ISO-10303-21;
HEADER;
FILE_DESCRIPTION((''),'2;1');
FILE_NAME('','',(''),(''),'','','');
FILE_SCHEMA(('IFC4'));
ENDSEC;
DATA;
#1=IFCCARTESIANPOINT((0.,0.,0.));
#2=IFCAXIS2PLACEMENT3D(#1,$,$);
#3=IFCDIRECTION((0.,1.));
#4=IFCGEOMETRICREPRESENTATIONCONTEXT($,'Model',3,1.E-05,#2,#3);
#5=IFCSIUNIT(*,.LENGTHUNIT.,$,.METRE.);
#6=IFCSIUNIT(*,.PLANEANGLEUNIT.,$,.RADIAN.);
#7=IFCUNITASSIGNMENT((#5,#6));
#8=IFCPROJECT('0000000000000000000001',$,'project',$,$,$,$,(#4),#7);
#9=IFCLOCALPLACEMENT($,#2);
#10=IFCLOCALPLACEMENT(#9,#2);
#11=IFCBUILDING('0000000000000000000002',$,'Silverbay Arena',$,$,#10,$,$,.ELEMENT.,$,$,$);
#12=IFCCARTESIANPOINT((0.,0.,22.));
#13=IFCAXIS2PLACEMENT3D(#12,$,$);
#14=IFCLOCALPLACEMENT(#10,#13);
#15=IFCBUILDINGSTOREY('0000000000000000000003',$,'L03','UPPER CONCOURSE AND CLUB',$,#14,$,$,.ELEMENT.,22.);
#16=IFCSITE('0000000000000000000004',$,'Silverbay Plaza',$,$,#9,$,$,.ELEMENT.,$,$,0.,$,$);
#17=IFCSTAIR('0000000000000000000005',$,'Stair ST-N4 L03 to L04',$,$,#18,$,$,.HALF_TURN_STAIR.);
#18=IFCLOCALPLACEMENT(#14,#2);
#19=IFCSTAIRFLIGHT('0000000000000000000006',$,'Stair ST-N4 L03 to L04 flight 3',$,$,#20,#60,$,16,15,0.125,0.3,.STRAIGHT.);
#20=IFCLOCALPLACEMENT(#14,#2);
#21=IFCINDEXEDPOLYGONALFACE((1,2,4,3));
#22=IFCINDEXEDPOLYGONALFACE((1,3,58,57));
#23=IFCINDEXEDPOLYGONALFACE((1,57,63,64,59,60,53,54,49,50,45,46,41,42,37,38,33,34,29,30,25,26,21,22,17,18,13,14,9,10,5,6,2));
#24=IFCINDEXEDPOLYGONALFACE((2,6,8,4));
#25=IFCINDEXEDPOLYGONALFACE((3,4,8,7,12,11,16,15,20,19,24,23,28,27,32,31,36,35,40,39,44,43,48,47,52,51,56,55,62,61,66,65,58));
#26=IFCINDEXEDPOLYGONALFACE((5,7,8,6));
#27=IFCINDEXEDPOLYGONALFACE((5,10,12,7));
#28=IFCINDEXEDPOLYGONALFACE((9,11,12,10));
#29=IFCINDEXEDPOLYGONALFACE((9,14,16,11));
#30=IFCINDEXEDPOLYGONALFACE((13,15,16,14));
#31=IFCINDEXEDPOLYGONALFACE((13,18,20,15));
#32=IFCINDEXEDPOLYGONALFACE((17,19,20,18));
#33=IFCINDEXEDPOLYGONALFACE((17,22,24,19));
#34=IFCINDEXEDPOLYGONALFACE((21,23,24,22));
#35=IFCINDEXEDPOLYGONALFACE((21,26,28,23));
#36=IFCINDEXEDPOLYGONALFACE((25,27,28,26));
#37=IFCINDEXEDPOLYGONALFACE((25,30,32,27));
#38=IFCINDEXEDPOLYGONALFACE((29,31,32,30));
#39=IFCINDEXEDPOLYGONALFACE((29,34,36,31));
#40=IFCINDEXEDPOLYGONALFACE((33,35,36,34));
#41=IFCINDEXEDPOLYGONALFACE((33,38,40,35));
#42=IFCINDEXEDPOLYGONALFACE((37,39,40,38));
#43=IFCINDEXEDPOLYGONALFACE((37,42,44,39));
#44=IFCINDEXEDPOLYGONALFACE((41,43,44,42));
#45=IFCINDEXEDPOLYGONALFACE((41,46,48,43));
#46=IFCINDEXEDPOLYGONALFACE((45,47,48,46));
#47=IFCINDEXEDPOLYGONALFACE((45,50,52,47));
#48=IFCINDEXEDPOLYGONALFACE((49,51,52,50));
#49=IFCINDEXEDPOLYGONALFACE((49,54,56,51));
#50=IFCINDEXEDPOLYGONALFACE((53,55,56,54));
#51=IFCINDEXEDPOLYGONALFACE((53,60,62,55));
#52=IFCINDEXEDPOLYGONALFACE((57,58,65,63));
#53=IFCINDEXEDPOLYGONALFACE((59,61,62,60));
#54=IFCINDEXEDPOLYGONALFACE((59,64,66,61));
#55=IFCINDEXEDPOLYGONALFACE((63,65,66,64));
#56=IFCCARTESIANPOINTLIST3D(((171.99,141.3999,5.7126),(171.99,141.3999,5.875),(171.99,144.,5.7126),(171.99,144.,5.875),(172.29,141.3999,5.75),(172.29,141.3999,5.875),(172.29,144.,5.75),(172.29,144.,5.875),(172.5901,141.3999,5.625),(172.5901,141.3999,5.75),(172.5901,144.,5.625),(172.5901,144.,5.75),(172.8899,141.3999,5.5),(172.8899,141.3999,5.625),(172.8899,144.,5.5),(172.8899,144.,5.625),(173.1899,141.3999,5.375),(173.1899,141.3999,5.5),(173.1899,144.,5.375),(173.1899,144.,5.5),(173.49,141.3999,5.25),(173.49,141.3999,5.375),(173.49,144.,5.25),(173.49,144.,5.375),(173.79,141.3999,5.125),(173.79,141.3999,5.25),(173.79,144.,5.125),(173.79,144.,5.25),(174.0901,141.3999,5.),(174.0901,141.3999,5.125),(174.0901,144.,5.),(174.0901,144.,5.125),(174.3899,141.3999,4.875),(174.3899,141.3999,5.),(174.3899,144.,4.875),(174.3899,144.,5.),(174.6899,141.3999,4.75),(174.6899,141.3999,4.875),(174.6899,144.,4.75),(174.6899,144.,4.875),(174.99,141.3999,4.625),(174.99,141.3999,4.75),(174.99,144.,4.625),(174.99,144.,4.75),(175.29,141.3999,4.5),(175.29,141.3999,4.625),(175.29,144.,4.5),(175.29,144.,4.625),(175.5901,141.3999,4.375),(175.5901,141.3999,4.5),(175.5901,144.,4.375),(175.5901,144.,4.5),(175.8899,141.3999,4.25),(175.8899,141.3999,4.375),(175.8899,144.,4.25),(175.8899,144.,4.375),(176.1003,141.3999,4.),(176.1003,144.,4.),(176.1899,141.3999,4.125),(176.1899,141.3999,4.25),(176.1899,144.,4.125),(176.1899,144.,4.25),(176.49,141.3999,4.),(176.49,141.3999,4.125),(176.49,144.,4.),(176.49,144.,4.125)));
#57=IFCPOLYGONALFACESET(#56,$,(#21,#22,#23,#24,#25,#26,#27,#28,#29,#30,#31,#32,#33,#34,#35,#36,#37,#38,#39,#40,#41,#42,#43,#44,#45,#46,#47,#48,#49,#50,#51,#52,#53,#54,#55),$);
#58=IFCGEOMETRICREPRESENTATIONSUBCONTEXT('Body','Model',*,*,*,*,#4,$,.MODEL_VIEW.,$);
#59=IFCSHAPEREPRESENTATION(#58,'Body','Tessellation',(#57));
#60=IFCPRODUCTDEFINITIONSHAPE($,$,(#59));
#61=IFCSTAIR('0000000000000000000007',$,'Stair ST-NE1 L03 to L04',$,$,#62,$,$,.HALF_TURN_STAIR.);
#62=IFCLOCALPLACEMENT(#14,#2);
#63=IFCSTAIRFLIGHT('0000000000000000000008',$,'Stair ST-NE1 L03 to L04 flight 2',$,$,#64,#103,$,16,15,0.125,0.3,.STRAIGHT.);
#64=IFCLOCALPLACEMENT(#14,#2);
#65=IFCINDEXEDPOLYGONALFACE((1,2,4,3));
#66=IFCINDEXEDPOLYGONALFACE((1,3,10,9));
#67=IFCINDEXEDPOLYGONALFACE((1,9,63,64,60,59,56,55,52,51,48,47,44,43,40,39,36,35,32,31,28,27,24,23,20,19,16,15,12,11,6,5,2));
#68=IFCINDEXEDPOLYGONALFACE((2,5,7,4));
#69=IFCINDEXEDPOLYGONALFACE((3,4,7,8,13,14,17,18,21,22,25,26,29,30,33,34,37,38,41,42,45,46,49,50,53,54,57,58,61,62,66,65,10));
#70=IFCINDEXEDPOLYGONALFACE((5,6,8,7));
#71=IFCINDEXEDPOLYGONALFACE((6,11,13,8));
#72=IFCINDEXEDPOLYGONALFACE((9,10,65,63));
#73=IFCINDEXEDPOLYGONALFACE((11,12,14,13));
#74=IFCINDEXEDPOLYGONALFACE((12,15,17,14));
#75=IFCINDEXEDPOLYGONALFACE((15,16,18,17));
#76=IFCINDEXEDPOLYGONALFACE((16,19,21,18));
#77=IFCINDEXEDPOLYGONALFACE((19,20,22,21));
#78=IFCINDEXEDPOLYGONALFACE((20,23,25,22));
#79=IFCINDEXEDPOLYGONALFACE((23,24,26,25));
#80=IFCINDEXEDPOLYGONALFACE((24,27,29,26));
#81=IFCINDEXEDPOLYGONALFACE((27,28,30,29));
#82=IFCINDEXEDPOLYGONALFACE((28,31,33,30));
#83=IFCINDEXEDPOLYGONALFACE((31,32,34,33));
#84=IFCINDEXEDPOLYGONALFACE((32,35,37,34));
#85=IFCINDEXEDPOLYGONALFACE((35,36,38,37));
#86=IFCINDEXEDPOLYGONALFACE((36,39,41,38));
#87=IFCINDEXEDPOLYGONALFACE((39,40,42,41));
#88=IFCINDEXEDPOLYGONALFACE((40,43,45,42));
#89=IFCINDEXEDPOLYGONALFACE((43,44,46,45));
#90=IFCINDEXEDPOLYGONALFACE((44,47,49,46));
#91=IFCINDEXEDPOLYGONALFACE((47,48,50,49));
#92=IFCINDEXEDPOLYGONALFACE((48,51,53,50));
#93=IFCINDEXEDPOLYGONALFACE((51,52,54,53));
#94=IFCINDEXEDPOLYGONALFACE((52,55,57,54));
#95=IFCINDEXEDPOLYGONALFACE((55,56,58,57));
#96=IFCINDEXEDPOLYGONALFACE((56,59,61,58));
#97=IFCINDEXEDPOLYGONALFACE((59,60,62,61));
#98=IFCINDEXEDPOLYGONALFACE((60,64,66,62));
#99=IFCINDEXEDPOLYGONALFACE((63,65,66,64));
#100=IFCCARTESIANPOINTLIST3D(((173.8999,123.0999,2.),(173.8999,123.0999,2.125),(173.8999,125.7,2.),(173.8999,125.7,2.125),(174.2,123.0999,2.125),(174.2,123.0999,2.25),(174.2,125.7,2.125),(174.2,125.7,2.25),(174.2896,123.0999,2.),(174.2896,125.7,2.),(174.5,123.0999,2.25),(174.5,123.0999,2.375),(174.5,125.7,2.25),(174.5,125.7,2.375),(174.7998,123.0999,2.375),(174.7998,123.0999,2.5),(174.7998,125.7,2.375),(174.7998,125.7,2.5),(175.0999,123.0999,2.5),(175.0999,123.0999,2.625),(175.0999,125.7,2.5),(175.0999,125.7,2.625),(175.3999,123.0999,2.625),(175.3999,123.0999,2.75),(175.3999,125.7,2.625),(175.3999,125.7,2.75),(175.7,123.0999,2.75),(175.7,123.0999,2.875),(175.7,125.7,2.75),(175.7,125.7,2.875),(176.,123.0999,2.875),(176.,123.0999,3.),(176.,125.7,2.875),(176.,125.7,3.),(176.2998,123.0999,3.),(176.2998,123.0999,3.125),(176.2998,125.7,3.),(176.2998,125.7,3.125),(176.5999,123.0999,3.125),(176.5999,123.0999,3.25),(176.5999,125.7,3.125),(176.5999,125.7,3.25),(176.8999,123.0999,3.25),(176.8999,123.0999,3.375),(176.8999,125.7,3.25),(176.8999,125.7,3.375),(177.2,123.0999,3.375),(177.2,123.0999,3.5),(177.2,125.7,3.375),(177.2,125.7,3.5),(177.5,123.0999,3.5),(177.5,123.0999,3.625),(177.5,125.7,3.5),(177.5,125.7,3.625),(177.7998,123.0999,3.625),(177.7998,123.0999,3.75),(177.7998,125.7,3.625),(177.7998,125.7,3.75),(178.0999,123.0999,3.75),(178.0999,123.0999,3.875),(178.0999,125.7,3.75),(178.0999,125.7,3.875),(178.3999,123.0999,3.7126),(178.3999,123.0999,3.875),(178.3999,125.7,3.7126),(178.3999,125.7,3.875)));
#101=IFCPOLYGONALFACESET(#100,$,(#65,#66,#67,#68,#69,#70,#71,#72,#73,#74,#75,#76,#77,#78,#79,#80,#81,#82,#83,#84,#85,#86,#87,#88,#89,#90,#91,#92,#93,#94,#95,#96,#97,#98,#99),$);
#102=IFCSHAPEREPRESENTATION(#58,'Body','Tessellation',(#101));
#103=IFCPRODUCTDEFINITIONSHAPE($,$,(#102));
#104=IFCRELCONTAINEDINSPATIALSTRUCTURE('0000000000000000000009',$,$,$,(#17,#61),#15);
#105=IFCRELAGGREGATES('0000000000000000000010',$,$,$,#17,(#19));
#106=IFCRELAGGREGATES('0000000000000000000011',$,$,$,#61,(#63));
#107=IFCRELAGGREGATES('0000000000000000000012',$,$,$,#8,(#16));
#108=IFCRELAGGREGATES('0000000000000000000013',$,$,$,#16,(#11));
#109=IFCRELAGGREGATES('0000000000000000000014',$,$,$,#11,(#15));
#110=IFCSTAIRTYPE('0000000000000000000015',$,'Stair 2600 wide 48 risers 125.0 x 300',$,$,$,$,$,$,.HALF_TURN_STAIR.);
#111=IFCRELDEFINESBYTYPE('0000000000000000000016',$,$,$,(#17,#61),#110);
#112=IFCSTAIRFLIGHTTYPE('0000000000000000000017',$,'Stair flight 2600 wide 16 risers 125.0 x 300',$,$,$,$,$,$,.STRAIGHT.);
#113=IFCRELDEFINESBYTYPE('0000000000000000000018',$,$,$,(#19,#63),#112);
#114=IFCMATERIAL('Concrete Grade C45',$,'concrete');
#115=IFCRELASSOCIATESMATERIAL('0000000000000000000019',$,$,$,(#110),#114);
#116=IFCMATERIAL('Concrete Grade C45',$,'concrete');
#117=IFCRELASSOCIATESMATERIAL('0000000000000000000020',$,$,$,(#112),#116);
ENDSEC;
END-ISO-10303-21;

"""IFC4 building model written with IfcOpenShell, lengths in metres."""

from ifc_helpers import new_model, si_unit, direction, frame, origin, place, context, subcontext, project, spatial, polyline, outline, extrude, material, type_object, element, aggregate, save


model = new_model("IFC4")

# Units and contexts
model_context = context("Model", 3, precision=1e-05, world=origin(), true_north=direction((0.0, 1.0)))
body_context = subcontext(model_context, "Body", "Model", "MODEL_VIEW")
ifc_project = project(units=[si_unit("LENGTHUNIT", "METRE"), si_unit("PLANEANGLEUNIT", "RADIAN")], contexts=[model_context])

# Site, building, storey
site_placement = place(None, origin())
site = spatial("IfcSite", under=ifc_project, at=site_placement, Name="Silverbay Plaza", CompositionType="ELEMENT", RefElevation=0.0)
building_placement = place(site_placement, origin())
building = spatial("IfcBuilding", under=site, at=building_placement, Name="Silverbay Arena", CompositionType="ELEMENT")
storey_placement = place(building_placement, frame((0.0, 0.0, 22.0)))
storey = spatial("IfcBuildingStorey", under=building, at=storey_placement, Name="L03", Description="UPPER CONCOURSE AND CLUB", CompositionType="ELEMENT", Elevation=22.0)

# Stair, stair flight
ifc_material_1 = material(Name="Concrete Grade C45", Category="concrete")
stair_type = type_object("IfcStairType", Name="Stair 2600 wide 48 risers 125.0 x 300", PredefinedType="HALF_TURN_STAIR", material=ifc_material_1)
stair_1_placement = place(storey_placement, origin())
stair_1 = element("IfcStair", 1, at=stair_1_placement, inside=storey, type_object=stair_type, Name="Stair ST-N4 L03 to L04", PredefinedType="HALF_TURN_STAIR")
ifc_material_2 = material(Name="Concrete Grade C45", Category="concrete")
stair_flight_type = type_object("IfcStairFlightType", Name="Stair flight 2600 wide 16 risers 125.0 x 300", PredefinedType="STRAIGHT", material=ifc_material_2)
stair_flight_1_placement = place(storey_placement, frame((176.49, 142.7, 4.0), z_axis=(0.0, 0.0, 1.0), x_axis=(-1.0, 0.0, 0.0)))
stair_flight_1 = element("IfcStairFlight", 2, at=stair_flight_1_placement, type_object=stair_flight_type, Name="Stair ST-N4 L03 to L04 flight 3", NumberOfRisers=16, NumberOfTreads=15, PredefinedType="STRAIGHT", RiserHeight=0.125, TreadLength=0.3, context=body_context, shape_type="SweptSolid", body=[
    extrude(outline(polyline([(0.0, 0.0), (0.0, 0.125), (0.3, 0.125), (0.3, 0.25), (0.6001, 0.25), (0.6001, 0.375), (0.8999, 0.375), (0.8999, 0.5), (1.2, 0.5), (1.2, 0.625), (1.5, 0.625), (1.5, 0.75), (1.8, 0.75), (1.8, 0.875), (2.1001, 0.875), (2.1001, 1.0), (2.3999, 1.0), (2.3999, 1.125), (2.7, 1.125), (2.7, 1.25), (3.0, 1.25), (3.0, 1.375), (3.3, 1.375), (3.3, 1.5), (3.6001, 1.5), (3.6001, 1.625), (3.8999, 1.625), (3.8999, 1.75), (4.2, 1.75), (4.2, 1.875), (4.5, 1.875), (4.5, 1.7126), (0.3896, 0.0), (0.0, 0.0)])), frame((0.0, 1.3, 0.0), z_axis=(0.0, -1.0, 0.0), x_axis=(1.0, 0.0, 0.0)), (0.0, 0.0, 1.0), 2.6001),
])
aggregate(stair_1, [stair_flight_1])

# Stair, stair flight
stair_2_placement = place(storey_placement, origin())
stair_2 = element("IfcStair", 3, at=stair_2_placement, inside=storey, type_object=stair_type, Name="Stair ST-NE1 L03 to L04", PredefinedType="HALF_TURN_STAIR")
stair_flight_2_placement = place(storey_placement, frame((173.8999, 124.3999, 2.0), z_axis=(0.0, 0.0, 1.0), x_axis=(1.0, 0.0, 0.0)))
stair_flight_2 = element("IfcStairFlight", 4, at=stair_flight_2_placement, type_object=stair_flight_type, Name="Stair ST-NE1 L03 to L04 flight 2", NumberOfRisers=16, NumberOfTreads=15, PredefinedType="STRAIGHT", RiserHeight=0.125, TreadLength=0.3, context=body_context, shape_type="SweptSolid", body=[
    extrude(outline(polyline([(0.0, 0.0), (0.0, 0.125), (0.3, 0.125), (0.3, 0.25), (0.6001, 0.25), (0.6001, 0.375), (0.8999, 0.375), (0.8999, 0.5), (1.2, 0.5), (1.2, 0.625), (1.5, 0.625), (1.5, 0.75), (1.8, 0.75), (1.8, 0.875), (2.1001, 0.875), (2.1001, 1.0), (2.3999, 1.0), (2.3999, 1.125), (2.7, 1.125), (2.7, 1.25), (3.0, 1.25), (3.0, 1.375), (3.3, 1.375), (3.3, 1.5), (3.6001, 1.5), (3.6001, 1.625), (3.8999, 1.625), (3.8999, 1.75), (4.2, 1.75), (4.2, 1.875), (4.5, 1.875), (4.5, 1.7126), (0.3896, 0.0), (0.0, 0.0)])), frame((0.0, 1.3, 0.0), z_axis=(0.0, -1.0, 0.0), x_axis=(1.0, 0.0, 0.0)), (0.0, 0.0, 1.0), 2.6001),
])
aggregate(stair_2, [stair_flight_2])

save(model, "model.ifc")
